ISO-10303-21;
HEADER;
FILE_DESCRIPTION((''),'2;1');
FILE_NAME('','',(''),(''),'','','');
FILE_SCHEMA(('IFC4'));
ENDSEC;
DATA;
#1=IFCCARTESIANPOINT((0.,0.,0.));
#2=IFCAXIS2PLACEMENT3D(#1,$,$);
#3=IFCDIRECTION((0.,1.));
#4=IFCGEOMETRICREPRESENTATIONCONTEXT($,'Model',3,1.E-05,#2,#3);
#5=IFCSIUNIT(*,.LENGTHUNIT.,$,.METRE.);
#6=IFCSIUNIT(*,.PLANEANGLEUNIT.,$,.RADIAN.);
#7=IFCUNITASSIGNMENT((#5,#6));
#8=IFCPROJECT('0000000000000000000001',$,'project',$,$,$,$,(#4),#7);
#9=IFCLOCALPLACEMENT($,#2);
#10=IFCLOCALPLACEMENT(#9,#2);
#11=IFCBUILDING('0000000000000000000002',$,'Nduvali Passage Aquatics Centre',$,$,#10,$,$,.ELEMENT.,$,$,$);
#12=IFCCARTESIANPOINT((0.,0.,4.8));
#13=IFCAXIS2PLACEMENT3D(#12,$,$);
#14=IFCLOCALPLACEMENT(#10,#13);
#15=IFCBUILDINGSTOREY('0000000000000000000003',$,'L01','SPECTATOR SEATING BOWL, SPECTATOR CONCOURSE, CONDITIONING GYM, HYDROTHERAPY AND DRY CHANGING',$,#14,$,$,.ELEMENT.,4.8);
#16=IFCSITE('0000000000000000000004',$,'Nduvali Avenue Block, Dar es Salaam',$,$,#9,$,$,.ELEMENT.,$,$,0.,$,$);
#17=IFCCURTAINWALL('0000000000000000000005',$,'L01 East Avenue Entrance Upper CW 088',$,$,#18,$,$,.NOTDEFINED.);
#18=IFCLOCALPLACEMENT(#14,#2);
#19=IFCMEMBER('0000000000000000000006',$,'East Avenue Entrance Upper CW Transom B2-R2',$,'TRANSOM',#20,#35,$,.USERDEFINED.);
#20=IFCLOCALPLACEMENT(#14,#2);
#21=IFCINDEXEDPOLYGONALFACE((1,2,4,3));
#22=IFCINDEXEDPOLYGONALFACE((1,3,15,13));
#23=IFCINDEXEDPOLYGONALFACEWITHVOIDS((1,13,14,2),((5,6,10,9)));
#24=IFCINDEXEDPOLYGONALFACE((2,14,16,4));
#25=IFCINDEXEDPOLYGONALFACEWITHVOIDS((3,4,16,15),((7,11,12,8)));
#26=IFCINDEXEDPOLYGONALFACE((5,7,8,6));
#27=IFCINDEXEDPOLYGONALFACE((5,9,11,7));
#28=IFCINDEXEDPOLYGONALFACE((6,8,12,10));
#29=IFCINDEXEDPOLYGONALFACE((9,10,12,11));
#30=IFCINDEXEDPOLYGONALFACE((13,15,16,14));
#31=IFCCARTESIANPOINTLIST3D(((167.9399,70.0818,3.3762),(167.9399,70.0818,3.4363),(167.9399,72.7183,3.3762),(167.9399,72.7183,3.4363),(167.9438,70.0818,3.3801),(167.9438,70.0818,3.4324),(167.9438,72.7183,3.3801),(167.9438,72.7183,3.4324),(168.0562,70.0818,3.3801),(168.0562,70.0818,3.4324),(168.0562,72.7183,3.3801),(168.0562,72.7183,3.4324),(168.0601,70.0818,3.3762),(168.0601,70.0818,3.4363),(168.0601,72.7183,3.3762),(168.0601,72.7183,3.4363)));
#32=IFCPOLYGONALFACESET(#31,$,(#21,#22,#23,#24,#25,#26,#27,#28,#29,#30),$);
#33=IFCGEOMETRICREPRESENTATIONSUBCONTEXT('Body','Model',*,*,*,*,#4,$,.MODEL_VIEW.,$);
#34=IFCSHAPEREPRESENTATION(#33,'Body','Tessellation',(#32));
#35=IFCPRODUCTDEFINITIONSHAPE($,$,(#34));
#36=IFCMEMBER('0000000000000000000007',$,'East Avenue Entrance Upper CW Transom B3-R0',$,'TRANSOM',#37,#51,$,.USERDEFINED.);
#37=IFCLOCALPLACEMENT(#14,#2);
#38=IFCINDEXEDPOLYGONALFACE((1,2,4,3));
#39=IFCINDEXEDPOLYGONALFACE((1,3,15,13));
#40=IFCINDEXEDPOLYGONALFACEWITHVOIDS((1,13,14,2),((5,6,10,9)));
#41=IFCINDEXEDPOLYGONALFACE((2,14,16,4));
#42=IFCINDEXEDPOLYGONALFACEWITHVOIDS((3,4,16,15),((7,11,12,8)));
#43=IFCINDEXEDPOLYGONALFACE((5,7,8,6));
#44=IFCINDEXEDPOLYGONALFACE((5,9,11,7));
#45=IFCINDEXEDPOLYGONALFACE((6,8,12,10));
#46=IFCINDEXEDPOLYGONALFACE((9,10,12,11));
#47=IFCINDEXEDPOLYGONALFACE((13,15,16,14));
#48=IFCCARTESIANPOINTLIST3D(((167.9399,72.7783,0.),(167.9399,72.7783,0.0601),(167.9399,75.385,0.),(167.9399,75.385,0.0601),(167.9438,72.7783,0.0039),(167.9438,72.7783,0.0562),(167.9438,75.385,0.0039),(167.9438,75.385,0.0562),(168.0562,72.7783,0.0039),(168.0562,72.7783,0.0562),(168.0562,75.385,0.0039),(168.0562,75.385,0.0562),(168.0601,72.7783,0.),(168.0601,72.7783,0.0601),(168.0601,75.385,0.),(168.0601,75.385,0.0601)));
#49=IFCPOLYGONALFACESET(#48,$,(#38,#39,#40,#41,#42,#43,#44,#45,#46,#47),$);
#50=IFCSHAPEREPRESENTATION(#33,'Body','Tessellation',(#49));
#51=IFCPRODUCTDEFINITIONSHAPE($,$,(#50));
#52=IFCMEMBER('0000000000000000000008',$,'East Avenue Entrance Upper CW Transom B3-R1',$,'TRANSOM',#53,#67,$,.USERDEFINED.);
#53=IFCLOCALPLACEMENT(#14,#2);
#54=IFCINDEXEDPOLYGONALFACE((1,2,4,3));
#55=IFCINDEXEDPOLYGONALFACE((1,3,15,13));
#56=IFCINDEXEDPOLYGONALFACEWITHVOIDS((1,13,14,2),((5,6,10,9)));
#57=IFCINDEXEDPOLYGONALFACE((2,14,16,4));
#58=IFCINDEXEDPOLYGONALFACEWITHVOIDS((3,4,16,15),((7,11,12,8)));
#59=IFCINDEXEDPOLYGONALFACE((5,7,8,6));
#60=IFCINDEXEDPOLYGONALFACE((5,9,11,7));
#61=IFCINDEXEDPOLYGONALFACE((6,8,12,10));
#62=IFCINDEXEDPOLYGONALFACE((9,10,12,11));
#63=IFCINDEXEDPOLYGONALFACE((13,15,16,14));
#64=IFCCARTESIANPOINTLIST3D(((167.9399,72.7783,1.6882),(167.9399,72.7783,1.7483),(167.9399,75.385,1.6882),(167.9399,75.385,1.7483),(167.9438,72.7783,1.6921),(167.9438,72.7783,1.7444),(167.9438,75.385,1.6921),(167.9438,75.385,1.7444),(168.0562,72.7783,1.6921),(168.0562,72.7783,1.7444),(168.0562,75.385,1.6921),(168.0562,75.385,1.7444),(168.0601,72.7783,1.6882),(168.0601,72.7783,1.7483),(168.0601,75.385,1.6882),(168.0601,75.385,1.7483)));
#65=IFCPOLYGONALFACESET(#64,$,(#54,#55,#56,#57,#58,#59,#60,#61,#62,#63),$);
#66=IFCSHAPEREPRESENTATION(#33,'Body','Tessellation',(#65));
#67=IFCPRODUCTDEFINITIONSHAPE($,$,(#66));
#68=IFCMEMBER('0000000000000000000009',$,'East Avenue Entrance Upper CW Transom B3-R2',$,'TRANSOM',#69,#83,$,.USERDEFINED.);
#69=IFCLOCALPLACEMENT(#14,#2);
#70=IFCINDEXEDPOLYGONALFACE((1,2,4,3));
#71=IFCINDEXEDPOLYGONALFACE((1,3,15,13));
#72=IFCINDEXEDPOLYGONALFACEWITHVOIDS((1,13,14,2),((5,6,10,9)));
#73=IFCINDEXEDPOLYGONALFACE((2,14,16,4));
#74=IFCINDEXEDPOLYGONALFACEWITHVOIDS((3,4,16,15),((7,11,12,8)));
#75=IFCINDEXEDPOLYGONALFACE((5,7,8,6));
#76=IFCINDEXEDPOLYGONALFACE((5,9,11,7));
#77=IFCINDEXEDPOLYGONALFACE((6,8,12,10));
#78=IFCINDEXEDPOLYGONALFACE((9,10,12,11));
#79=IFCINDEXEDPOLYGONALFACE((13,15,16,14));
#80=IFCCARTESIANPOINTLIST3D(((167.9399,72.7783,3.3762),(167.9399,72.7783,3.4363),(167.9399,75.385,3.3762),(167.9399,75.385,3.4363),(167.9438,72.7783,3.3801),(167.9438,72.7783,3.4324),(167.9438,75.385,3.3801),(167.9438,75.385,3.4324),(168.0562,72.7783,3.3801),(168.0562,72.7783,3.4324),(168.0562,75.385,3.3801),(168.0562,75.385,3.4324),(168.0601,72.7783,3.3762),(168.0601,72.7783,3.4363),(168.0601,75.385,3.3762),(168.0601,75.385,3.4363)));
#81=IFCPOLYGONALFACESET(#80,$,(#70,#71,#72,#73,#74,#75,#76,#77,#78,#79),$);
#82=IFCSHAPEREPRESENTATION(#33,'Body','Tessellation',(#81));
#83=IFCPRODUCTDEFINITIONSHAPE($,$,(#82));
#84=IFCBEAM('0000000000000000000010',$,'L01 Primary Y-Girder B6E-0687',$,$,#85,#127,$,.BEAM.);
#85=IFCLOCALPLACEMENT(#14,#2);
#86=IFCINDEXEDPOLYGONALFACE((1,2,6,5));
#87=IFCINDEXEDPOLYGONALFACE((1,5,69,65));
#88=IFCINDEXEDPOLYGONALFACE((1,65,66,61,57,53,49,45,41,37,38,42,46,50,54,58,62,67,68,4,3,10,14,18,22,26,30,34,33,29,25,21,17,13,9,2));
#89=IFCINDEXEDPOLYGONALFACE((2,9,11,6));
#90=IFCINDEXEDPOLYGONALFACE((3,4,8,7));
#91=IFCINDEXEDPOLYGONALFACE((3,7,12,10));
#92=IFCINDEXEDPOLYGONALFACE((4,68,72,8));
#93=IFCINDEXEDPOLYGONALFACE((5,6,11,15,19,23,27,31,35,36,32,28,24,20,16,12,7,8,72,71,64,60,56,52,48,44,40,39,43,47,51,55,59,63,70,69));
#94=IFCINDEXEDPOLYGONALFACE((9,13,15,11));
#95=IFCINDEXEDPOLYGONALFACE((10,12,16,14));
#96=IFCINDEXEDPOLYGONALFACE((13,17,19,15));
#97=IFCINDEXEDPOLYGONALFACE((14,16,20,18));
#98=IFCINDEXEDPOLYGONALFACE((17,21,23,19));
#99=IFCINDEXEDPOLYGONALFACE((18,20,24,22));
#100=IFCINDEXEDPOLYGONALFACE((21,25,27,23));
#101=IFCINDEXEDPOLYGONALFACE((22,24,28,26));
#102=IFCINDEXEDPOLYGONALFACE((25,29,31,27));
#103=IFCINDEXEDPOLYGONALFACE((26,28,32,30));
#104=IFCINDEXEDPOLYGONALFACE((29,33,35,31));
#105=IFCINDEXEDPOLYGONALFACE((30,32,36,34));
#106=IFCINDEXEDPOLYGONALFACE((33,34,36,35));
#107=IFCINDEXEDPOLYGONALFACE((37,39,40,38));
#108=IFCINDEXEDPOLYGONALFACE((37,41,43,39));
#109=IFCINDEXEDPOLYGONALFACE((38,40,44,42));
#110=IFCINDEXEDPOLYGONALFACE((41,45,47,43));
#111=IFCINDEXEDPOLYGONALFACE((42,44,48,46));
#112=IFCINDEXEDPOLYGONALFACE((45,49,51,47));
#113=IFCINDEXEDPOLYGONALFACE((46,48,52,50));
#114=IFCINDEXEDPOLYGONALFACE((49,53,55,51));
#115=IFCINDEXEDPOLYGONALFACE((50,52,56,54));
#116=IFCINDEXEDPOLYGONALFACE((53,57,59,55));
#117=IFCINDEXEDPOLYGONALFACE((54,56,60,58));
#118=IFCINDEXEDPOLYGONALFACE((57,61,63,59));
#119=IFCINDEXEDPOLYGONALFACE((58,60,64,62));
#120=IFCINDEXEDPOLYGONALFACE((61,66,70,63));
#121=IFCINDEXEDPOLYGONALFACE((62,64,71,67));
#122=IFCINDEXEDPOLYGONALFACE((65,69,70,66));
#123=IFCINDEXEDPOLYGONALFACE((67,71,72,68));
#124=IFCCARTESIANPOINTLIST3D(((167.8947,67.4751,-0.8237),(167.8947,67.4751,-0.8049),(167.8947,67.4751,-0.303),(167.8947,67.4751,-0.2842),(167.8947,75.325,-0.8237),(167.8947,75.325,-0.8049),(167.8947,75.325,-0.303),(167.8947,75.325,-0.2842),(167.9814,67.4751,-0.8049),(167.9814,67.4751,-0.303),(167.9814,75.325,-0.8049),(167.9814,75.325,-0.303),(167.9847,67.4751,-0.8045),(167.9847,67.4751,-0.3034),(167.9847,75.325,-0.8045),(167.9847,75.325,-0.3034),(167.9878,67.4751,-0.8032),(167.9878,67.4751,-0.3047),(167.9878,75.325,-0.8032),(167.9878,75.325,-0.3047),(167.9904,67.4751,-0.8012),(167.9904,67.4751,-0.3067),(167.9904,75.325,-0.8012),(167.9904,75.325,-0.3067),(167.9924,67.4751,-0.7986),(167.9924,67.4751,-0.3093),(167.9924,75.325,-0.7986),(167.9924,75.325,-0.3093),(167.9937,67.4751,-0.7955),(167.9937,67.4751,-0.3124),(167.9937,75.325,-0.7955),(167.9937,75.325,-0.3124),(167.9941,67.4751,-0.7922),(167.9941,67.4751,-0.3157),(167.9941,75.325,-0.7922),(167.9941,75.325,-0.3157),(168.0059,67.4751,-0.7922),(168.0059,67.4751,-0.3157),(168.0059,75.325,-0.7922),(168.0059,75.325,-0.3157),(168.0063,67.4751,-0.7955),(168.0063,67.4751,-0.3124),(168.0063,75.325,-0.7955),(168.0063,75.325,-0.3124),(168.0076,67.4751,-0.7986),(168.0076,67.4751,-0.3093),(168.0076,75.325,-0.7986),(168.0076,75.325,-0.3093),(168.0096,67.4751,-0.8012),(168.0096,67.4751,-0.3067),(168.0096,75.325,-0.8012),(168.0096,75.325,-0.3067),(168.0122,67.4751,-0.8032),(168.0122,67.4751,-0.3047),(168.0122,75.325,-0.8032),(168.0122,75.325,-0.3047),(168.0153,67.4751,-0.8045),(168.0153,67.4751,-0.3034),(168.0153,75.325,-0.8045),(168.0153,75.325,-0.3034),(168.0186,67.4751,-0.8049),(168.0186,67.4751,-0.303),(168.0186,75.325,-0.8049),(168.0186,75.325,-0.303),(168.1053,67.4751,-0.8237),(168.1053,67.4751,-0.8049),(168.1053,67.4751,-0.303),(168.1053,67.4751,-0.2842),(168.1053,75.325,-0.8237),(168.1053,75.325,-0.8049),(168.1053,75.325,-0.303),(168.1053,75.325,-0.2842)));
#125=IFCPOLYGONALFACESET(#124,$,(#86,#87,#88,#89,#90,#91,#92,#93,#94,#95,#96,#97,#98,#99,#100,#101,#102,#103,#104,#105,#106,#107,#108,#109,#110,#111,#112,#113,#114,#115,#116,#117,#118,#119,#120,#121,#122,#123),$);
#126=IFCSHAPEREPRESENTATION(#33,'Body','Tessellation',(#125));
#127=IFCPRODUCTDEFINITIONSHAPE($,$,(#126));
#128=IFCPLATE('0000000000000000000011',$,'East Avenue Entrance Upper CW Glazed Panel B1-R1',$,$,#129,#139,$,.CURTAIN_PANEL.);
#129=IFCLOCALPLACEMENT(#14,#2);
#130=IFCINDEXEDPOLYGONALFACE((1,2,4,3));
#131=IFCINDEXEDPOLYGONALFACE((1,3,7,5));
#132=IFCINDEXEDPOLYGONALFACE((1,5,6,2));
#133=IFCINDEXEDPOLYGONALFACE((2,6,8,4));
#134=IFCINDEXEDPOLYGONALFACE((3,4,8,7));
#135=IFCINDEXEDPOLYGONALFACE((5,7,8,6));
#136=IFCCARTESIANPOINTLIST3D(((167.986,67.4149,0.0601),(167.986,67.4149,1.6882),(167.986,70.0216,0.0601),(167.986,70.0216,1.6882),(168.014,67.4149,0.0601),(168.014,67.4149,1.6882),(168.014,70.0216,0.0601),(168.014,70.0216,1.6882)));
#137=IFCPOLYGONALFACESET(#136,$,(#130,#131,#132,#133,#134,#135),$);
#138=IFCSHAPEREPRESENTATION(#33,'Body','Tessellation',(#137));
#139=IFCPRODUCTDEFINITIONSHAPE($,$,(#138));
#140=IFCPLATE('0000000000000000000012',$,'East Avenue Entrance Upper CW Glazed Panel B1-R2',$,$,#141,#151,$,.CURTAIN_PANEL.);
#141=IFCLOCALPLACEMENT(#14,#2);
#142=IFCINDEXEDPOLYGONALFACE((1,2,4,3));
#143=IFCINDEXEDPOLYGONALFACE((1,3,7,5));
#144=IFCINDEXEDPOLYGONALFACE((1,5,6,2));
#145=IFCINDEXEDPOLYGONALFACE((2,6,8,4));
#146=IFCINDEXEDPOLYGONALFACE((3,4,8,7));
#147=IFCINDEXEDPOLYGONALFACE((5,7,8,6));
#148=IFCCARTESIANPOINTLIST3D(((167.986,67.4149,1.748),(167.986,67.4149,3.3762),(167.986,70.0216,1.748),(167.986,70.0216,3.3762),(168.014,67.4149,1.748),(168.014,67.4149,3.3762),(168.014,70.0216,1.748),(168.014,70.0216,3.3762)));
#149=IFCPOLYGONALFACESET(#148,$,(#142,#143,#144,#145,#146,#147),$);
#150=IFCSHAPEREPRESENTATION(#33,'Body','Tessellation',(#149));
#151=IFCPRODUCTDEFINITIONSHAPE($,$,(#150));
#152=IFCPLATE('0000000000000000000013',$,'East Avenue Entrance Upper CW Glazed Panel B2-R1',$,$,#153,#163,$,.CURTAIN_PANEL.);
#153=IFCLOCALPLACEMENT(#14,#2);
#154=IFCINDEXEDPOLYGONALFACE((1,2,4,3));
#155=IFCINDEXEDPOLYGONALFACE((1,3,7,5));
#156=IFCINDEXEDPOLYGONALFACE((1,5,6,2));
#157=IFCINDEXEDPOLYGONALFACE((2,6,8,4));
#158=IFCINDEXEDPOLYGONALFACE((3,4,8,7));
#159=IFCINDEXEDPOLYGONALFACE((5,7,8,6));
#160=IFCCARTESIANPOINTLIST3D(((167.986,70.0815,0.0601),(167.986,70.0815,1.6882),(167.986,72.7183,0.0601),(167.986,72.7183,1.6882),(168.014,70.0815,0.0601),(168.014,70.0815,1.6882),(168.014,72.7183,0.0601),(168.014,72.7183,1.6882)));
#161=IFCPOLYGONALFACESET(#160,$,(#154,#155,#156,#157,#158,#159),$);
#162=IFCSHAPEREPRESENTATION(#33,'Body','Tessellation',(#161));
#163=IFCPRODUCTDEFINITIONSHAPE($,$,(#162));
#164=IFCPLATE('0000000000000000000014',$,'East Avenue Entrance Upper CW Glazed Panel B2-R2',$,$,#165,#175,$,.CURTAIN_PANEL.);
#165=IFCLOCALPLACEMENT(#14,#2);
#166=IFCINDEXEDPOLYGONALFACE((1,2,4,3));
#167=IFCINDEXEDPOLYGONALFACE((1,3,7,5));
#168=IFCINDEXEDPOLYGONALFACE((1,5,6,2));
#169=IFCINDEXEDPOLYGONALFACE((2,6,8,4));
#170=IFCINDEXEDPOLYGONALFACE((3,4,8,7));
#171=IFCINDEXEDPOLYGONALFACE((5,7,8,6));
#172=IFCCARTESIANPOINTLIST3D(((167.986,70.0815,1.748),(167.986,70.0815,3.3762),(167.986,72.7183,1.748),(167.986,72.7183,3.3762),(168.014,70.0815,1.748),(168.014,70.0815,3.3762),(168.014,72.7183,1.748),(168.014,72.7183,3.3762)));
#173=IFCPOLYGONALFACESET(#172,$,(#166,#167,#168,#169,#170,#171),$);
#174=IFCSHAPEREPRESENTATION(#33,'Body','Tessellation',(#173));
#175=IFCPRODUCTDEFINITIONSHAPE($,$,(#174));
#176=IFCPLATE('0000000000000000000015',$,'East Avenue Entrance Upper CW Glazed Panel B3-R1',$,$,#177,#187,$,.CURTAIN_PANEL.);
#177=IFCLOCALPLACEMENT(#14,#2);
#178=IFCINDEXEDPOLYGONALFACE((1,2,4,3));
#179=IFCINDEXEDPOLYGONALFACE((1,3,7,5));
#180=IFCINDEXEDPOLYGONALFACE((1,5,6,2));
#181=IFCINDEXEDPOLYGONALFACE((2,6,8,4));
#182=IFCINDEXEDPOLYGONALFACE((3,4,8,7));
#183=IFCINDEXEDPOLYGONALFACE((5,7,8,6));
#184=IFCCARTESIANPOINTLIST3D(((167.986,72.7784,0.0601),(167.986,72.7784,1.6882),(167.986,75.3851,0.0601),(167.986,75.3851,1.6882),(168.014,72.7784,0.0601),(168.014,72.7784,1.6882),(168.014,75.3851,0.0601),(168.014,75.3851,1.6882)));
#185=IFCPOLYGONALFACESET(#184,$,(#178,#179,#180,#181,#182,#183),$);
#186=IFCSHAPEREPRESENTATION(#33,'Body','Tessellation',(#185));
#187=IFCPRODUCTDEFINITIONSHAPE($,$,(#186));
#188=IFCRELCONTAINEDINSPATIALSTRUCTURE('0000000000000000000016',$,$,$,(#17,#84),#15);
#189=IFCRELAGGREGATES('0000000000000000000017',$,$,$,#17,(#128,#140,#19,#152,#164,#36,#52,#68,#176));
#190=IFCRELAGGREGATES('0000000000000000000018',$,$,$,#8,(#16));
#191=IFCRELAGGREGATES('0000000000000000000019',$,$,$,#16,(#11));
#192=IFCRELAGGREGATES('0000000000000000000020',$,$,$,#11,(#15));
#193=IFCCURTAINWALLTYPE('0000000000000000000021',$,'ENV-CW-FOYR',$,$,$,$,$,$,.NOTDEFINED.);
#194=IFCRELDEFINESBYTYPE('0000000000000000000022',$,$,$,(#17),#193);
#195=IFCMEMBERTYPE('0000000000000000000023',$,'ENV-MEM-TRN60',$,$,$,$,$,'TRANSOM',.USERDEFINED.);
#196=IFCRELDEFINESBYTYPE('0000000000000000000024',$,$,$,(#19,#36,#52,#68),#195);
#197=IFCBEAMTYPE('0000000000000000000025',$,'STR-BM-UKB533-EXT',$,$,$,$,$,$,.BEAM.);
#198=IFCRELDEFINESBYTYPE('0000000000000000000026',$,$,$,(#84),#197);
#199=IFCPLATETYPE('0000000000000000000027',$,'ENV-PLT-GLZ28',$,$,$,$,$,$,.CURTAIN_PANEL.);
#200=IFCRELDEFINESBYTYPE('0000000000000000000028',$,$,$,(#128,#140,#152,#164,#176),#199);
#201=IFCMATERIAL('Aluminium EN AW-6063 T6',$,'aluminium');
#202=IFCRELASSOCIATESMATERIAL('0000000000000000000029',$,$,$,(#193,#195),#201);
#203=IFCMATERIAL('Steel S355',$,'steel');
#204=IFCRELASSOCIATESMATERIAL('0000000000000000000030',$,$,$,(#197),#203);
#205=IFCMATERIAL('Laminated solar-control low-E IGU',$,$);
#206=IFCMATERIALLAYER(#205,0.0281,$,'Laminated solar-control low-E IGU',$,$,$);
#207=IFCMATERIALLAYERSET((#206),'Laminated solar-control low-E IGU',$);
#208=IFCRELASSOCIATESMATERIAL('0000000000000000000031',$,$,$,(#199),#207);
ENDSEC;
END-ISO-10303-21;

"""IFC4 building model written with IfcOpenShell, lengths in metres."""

from ifc_helpers import new_model, si_unit, direction, frame, origin, origin_2d, place, context, subcontext, project, spatial, rectangle, hollow_rectangle, i_section, extrude, material, layer, layer_set, material_profile, profile_set, type_object, element, aggregate, save


model = new_model("IFC4")

# Units and contexts
model_context = context("Model", 3, precision=1e-05, world=origin(), true_north=direction((0.0, 1.0)))
body_context = subcontext(model_context, "Body", "Model", "MODEL_VIEW")
ifc_project = project(units=[si_unit("LENGTHUNIT", "METRE"), si_unit("PLANEANGLEUNIT", "RADIAN")], contexts=[model_context])

# Site, building, storey
site_placement = place(None, origin())
site = spatial("IfcSite", under=ifc_project, at=site_placement, Name="Nduvali Avenue Block, Dar es Salaam", CompositionType="ELEMENT", RefElevation=0.0)
building_placement = place(site_placement, origin())
building = spatial("IfcBuilding", under=site, at=building_placement, Name="Nduvali Passage Aquatics Centre", CompositionType="ELEMENT")
storey_placement = place(building_placement, frame((0.0, 0.0, 4.8)))
storey = spatial("IfcBuildingStorey", under=building, at=storey_placement, Name="L01", Description="SPECTATOR SEATING BOWL, SPECTATOR CONCOURSE, CONDITIONING GYM, HYDROTHERAPY AND DRY CHANGING", CompositionType="ELEMENT", Elevation=4.8)

# Shared definitions
ifc_material_1 = material(Name="Steel S355", Category="steel")

# Curtain wall, members
ifc_material_2 = material(Name="Aluminium EN AW-6063 T6", Category="aluminium")
curtain_wall_type = type_object("IfcCurtainWallType", Name="ENV-CW-FOYR", PredefinedType="NOTDEFINED", material=ifc_material_2)
curtain_wall_placement = place(storey_placement, origin())
curtain_wall = element("IfcCurtainWall", 1, at=curtain_wall_placement, inside=storey, type_object=curtain_wall_type, Name="L01 East Avenue Entrance Upper CW 088", PredefinedType="NOTDEFINED")
ifc_material_profile_1 = material_profile(ifc_material_2, hollow_rectangle(XDim=0.1201, YDim=0.0601, WallThickness=0.0039, at=origin_2d()), Name="ALU TRANSOM 120x60x4")
ifc_profile_set_1 = profile_set([ifc_material_profile_1], Name="Aluminium EN AW-6063 T6")
member_type_1 = type_object("IfcMemberType", Name="ENV-MEM-TRN60", ElementType="TRANSOM", PredefinedType="USERDEFINED", material=ifc_profile_set_1)
member_1_placement = place(storey_placement, frame((168.0, 70.0818, 3.4062), z_axis=(0.0, 1.0, 0.0), x_axis=(-1.0, 0.0, 0.0)))
member_1 = element("IfcMember", 2, at=member_1_placement, type_object=member_type_1, Name="East Avenue Entrance Upper CW Transom B2-R2", ObjectType="TRANSOM", PredefinedType="USERDEFINED", context=body_context, shape_type="SweptSolid", body=[
    extrude(hollow_rectangle(XDim=0.1201, YDim=0.0601, WallThickness=0.0039, at=origin_2d()), origin(), (0.0, 0.0, 1.0), 2.6365),
])
member_2_placement = place(storey_placement, frame((168.0, 72.7783, 0.03), z_axis=(0.0, 1.0, 0.0), x_axis=(-1.0, 0.0, 0.0)))
member_2 = element("IfcMember", 3, at=member_2_placement, type_object=member_type_1, Name="East Avenue Entrance Upper CW Transom B3-R0", ObjectType="TRANSOM", PredefinedType="USERDEFINED", context=body_context, shape_type="SweptSolid", body=[
    extrude(hollow_rectangle(XDim=0.1201, YDim=0.0601, WallThickness=0.0039, at=origin_2d()), origin(), (0.0, 0.0, 1.0), 2.6067),
])
member_3_placement = place(storey_placement, frame((168.0, 72.7783, 1.7183), z_axis=(0.0, 1.0, 0.0), x_axis=(-1.0, 0.0, 0.0)))
member_3 = element("IfcMember", 4, at=member_3_placement, type_object=member_type_1, Name="East Avenue Entrance Upper CW Transom B3-R1", ObjectType="TRANSOM", PredefinedType="USERDEFINED", context=body_context, shape_type="SweptSolid", body=[
    extrude(hollow_rectangle(XDim=0.1201, YDim=0.0601, WallThickness=0.0039, at=origin_2d()), origin(), (0.0, 0.0, 1.0), 2.6067),
])
member_4_placement = place(storey_placement, frame((168.0, 72.7783, 3.4062), z_axis=(0.0, 1.0, 0.0), x_axis=(-1.0, 0.0, 0.0)))
member_4 = element("IfcMember", 5, at=member_4_placement, type_object=member_type_1, Name="East Avenue Entrance Upper CW Transom B3-R2", ObjectType="TRANSOM", PredefinedType="USERDEFINED", context=body_context, shape_type="SweptSolid", body=[
    extrude(hollow_rectangle(XDim=0.1201, YDim=0.0601, WallThickness=0.0039, at=origin_2d()), origin(), (0.0, 0.0, 1.0), 2.6067),
])

# Beam
ifc_material_profile_2 = material_profile(ifc_material_1, i_section(OverallWidth=0.2107, OverallDepth=0.5396, WebThickness=0.0117, FlangeThickness=0.0188, FilletRadius=0.0127, at=origin_2d()), Name="UKB 533x210x109")
ifc_profile_set_2 = profile_set([ifc_material_profile_2], Name="Steel S355")
beam_type = type_object("IfcBeamType", Name="STR-BM-UKB533-EXT", PredefinedType="BEAM", material=ifc_profile_set_2)
beam_placement = place(storey_placement, frame((168.0, 67.4751, -0.554), z_axis=(0.0, 1.0, 0.0), x_axis=(-1.0, 0.0, 0.0)))
element("IfcBeam", 6, at=beam_placement, inside=storey, type_object=beam_type, Name="L01 Primary Y-Girder B6E-0687", PredefinedType="BEAM", context=body_context, shape_type="SweptSolid", body=[
    extrude(i_section(OverallWidth=0.2107, OverallDepth=0.5396, WebThickness=0.0117, FlangeThickness=0.0188, FilletRadius=0.0127, at=origin_2d()), origin(), (0.0, 0.0, 1.0), 7.8499),
])

# Plates
ifc_material_3 = material(Name="Laminated solar-control low-E IGU")
ifc_layer = layer(ifc_material_3, 0.0281, Name="Laminated solar-control low-E IGU")
ifc_layer_set = layer_set([ifc_layer], Name="Laminated solar-control low-E IGU")
plate_type = type_object("IfcPlateType", Name="ENV-PLT-GLZ28", PredefinedType="CURTAIN_PANEL", material=ifc_layer_set)
plate_1_placement = place(storey_placement, frame((168.0, 68.7183, 0.0601), z_axis=(0.0, 0.0, 1.0), x_axis=(0.0, 1.0, 0.0)))
plate_1 = element("IfcPlate", 7, at=plate_1_placement, type_object=plate_type, Name="East Avenue Entrance Upper CW Glazed Panel B1-R1", PredefinedType="CURTAIN_PANEL", context=body_context, shape_type="SweptSolid", body=[
    extrude(rectangle(XDim=2.6067, YDim=0.0281, at=origin_2d()), origin(), (0.0, 0.0, 1.0), 1.6282),
])
plate_2_placement = place(storey_placement, frame((168.0, 68.7183, 1.748), z_axis=(0.0, 0.0, 1.0), x_axis=(0.0, 1.0, 0.0)))
plate_2 = element("IfcPlate", 8, at=plate_2_placement, type_object=plate_type, Name="East Avenue Entrance Upper CW Glazed Panel B1-R2", PredefinedType="CURTAIN_PANEL", context=body_context, shape_type="SweptSolid", body=[
    extrude(rectangle(XDim=2.6067, YDim=0.0281, at=origin_2d()), origin(), (0.0, 0.0, 1.0), 1.6282),
])
plate_3_placement = place(storey_placement, frame((168.0, 71.3999, 0.0601), z_axis=(0.0, 0.0, 1.0), x_axis=(0.0, 1.0, 0.0)))
plate_3 = element("IfcPlate", 9, at=plate_3_placement, type_object=plate_type, Name="East Avenue Entrance Upper CW Glazed Panel B2-R1", PredefinedType="CURTAIN_PANEL", context=body_context, shape_type="SweptSolid", body=[
    extrude(rectangle(XDim=2.6367, YDim=0.0281, at=origin_2d()), origin(), (0.0, 0.0, 1.0), 1.6282),
])
plate_4_placement = place(storey_placement, frame((168.0, 71.3999, 1.748), z_axis=(0.0, 0.0, 1.0), x_axis=(0.0, 1.0, 0.0)))
plate_4 = element("IfcPlate", 10, at=plate_4_placement, type_object=plate_type, Name="East Avenue Entrance Upper CW Glazed Panel B2-R2", PredefinedType="CURTAIN_PANEL", context=body_context, shape_type="SweptSolid", body=[
    extrude(rectangle(XDim=2.6367, YDim=0.0281, at=origin_2d()), origin(), (0.0, 0.0, 1.0), 1.6282),
])
plate_5_placement = place(storey_placement, frame((168.0, 74.0818, 0.0601), z_axis=(0.0, 0.0, 1.0), x_axis=(0.0, 1.0, 0.0)))
plate_5 = element("IfcPlate", 11, at=plate_5_placement, type_object=plate_type, Name="East Avenue Entrance Upper CW Glazed Panel B3-R1", PredefinedType="CURTAIN_PANEL", context=body_context, shape_type="SweptSolid", body=[
    extrude(rectangle(XDim=2.6067, YDim=0.0281, at=origin_2d()), origin(), (0.0, 0.0, 1.0), 1.6282),
])
aggregate(curtain_wall, [plate_1, plate_2, member_1, plate_3, plate_4, member_2, member_3, member_4, plate_5])

save(model, "model.ifc")
